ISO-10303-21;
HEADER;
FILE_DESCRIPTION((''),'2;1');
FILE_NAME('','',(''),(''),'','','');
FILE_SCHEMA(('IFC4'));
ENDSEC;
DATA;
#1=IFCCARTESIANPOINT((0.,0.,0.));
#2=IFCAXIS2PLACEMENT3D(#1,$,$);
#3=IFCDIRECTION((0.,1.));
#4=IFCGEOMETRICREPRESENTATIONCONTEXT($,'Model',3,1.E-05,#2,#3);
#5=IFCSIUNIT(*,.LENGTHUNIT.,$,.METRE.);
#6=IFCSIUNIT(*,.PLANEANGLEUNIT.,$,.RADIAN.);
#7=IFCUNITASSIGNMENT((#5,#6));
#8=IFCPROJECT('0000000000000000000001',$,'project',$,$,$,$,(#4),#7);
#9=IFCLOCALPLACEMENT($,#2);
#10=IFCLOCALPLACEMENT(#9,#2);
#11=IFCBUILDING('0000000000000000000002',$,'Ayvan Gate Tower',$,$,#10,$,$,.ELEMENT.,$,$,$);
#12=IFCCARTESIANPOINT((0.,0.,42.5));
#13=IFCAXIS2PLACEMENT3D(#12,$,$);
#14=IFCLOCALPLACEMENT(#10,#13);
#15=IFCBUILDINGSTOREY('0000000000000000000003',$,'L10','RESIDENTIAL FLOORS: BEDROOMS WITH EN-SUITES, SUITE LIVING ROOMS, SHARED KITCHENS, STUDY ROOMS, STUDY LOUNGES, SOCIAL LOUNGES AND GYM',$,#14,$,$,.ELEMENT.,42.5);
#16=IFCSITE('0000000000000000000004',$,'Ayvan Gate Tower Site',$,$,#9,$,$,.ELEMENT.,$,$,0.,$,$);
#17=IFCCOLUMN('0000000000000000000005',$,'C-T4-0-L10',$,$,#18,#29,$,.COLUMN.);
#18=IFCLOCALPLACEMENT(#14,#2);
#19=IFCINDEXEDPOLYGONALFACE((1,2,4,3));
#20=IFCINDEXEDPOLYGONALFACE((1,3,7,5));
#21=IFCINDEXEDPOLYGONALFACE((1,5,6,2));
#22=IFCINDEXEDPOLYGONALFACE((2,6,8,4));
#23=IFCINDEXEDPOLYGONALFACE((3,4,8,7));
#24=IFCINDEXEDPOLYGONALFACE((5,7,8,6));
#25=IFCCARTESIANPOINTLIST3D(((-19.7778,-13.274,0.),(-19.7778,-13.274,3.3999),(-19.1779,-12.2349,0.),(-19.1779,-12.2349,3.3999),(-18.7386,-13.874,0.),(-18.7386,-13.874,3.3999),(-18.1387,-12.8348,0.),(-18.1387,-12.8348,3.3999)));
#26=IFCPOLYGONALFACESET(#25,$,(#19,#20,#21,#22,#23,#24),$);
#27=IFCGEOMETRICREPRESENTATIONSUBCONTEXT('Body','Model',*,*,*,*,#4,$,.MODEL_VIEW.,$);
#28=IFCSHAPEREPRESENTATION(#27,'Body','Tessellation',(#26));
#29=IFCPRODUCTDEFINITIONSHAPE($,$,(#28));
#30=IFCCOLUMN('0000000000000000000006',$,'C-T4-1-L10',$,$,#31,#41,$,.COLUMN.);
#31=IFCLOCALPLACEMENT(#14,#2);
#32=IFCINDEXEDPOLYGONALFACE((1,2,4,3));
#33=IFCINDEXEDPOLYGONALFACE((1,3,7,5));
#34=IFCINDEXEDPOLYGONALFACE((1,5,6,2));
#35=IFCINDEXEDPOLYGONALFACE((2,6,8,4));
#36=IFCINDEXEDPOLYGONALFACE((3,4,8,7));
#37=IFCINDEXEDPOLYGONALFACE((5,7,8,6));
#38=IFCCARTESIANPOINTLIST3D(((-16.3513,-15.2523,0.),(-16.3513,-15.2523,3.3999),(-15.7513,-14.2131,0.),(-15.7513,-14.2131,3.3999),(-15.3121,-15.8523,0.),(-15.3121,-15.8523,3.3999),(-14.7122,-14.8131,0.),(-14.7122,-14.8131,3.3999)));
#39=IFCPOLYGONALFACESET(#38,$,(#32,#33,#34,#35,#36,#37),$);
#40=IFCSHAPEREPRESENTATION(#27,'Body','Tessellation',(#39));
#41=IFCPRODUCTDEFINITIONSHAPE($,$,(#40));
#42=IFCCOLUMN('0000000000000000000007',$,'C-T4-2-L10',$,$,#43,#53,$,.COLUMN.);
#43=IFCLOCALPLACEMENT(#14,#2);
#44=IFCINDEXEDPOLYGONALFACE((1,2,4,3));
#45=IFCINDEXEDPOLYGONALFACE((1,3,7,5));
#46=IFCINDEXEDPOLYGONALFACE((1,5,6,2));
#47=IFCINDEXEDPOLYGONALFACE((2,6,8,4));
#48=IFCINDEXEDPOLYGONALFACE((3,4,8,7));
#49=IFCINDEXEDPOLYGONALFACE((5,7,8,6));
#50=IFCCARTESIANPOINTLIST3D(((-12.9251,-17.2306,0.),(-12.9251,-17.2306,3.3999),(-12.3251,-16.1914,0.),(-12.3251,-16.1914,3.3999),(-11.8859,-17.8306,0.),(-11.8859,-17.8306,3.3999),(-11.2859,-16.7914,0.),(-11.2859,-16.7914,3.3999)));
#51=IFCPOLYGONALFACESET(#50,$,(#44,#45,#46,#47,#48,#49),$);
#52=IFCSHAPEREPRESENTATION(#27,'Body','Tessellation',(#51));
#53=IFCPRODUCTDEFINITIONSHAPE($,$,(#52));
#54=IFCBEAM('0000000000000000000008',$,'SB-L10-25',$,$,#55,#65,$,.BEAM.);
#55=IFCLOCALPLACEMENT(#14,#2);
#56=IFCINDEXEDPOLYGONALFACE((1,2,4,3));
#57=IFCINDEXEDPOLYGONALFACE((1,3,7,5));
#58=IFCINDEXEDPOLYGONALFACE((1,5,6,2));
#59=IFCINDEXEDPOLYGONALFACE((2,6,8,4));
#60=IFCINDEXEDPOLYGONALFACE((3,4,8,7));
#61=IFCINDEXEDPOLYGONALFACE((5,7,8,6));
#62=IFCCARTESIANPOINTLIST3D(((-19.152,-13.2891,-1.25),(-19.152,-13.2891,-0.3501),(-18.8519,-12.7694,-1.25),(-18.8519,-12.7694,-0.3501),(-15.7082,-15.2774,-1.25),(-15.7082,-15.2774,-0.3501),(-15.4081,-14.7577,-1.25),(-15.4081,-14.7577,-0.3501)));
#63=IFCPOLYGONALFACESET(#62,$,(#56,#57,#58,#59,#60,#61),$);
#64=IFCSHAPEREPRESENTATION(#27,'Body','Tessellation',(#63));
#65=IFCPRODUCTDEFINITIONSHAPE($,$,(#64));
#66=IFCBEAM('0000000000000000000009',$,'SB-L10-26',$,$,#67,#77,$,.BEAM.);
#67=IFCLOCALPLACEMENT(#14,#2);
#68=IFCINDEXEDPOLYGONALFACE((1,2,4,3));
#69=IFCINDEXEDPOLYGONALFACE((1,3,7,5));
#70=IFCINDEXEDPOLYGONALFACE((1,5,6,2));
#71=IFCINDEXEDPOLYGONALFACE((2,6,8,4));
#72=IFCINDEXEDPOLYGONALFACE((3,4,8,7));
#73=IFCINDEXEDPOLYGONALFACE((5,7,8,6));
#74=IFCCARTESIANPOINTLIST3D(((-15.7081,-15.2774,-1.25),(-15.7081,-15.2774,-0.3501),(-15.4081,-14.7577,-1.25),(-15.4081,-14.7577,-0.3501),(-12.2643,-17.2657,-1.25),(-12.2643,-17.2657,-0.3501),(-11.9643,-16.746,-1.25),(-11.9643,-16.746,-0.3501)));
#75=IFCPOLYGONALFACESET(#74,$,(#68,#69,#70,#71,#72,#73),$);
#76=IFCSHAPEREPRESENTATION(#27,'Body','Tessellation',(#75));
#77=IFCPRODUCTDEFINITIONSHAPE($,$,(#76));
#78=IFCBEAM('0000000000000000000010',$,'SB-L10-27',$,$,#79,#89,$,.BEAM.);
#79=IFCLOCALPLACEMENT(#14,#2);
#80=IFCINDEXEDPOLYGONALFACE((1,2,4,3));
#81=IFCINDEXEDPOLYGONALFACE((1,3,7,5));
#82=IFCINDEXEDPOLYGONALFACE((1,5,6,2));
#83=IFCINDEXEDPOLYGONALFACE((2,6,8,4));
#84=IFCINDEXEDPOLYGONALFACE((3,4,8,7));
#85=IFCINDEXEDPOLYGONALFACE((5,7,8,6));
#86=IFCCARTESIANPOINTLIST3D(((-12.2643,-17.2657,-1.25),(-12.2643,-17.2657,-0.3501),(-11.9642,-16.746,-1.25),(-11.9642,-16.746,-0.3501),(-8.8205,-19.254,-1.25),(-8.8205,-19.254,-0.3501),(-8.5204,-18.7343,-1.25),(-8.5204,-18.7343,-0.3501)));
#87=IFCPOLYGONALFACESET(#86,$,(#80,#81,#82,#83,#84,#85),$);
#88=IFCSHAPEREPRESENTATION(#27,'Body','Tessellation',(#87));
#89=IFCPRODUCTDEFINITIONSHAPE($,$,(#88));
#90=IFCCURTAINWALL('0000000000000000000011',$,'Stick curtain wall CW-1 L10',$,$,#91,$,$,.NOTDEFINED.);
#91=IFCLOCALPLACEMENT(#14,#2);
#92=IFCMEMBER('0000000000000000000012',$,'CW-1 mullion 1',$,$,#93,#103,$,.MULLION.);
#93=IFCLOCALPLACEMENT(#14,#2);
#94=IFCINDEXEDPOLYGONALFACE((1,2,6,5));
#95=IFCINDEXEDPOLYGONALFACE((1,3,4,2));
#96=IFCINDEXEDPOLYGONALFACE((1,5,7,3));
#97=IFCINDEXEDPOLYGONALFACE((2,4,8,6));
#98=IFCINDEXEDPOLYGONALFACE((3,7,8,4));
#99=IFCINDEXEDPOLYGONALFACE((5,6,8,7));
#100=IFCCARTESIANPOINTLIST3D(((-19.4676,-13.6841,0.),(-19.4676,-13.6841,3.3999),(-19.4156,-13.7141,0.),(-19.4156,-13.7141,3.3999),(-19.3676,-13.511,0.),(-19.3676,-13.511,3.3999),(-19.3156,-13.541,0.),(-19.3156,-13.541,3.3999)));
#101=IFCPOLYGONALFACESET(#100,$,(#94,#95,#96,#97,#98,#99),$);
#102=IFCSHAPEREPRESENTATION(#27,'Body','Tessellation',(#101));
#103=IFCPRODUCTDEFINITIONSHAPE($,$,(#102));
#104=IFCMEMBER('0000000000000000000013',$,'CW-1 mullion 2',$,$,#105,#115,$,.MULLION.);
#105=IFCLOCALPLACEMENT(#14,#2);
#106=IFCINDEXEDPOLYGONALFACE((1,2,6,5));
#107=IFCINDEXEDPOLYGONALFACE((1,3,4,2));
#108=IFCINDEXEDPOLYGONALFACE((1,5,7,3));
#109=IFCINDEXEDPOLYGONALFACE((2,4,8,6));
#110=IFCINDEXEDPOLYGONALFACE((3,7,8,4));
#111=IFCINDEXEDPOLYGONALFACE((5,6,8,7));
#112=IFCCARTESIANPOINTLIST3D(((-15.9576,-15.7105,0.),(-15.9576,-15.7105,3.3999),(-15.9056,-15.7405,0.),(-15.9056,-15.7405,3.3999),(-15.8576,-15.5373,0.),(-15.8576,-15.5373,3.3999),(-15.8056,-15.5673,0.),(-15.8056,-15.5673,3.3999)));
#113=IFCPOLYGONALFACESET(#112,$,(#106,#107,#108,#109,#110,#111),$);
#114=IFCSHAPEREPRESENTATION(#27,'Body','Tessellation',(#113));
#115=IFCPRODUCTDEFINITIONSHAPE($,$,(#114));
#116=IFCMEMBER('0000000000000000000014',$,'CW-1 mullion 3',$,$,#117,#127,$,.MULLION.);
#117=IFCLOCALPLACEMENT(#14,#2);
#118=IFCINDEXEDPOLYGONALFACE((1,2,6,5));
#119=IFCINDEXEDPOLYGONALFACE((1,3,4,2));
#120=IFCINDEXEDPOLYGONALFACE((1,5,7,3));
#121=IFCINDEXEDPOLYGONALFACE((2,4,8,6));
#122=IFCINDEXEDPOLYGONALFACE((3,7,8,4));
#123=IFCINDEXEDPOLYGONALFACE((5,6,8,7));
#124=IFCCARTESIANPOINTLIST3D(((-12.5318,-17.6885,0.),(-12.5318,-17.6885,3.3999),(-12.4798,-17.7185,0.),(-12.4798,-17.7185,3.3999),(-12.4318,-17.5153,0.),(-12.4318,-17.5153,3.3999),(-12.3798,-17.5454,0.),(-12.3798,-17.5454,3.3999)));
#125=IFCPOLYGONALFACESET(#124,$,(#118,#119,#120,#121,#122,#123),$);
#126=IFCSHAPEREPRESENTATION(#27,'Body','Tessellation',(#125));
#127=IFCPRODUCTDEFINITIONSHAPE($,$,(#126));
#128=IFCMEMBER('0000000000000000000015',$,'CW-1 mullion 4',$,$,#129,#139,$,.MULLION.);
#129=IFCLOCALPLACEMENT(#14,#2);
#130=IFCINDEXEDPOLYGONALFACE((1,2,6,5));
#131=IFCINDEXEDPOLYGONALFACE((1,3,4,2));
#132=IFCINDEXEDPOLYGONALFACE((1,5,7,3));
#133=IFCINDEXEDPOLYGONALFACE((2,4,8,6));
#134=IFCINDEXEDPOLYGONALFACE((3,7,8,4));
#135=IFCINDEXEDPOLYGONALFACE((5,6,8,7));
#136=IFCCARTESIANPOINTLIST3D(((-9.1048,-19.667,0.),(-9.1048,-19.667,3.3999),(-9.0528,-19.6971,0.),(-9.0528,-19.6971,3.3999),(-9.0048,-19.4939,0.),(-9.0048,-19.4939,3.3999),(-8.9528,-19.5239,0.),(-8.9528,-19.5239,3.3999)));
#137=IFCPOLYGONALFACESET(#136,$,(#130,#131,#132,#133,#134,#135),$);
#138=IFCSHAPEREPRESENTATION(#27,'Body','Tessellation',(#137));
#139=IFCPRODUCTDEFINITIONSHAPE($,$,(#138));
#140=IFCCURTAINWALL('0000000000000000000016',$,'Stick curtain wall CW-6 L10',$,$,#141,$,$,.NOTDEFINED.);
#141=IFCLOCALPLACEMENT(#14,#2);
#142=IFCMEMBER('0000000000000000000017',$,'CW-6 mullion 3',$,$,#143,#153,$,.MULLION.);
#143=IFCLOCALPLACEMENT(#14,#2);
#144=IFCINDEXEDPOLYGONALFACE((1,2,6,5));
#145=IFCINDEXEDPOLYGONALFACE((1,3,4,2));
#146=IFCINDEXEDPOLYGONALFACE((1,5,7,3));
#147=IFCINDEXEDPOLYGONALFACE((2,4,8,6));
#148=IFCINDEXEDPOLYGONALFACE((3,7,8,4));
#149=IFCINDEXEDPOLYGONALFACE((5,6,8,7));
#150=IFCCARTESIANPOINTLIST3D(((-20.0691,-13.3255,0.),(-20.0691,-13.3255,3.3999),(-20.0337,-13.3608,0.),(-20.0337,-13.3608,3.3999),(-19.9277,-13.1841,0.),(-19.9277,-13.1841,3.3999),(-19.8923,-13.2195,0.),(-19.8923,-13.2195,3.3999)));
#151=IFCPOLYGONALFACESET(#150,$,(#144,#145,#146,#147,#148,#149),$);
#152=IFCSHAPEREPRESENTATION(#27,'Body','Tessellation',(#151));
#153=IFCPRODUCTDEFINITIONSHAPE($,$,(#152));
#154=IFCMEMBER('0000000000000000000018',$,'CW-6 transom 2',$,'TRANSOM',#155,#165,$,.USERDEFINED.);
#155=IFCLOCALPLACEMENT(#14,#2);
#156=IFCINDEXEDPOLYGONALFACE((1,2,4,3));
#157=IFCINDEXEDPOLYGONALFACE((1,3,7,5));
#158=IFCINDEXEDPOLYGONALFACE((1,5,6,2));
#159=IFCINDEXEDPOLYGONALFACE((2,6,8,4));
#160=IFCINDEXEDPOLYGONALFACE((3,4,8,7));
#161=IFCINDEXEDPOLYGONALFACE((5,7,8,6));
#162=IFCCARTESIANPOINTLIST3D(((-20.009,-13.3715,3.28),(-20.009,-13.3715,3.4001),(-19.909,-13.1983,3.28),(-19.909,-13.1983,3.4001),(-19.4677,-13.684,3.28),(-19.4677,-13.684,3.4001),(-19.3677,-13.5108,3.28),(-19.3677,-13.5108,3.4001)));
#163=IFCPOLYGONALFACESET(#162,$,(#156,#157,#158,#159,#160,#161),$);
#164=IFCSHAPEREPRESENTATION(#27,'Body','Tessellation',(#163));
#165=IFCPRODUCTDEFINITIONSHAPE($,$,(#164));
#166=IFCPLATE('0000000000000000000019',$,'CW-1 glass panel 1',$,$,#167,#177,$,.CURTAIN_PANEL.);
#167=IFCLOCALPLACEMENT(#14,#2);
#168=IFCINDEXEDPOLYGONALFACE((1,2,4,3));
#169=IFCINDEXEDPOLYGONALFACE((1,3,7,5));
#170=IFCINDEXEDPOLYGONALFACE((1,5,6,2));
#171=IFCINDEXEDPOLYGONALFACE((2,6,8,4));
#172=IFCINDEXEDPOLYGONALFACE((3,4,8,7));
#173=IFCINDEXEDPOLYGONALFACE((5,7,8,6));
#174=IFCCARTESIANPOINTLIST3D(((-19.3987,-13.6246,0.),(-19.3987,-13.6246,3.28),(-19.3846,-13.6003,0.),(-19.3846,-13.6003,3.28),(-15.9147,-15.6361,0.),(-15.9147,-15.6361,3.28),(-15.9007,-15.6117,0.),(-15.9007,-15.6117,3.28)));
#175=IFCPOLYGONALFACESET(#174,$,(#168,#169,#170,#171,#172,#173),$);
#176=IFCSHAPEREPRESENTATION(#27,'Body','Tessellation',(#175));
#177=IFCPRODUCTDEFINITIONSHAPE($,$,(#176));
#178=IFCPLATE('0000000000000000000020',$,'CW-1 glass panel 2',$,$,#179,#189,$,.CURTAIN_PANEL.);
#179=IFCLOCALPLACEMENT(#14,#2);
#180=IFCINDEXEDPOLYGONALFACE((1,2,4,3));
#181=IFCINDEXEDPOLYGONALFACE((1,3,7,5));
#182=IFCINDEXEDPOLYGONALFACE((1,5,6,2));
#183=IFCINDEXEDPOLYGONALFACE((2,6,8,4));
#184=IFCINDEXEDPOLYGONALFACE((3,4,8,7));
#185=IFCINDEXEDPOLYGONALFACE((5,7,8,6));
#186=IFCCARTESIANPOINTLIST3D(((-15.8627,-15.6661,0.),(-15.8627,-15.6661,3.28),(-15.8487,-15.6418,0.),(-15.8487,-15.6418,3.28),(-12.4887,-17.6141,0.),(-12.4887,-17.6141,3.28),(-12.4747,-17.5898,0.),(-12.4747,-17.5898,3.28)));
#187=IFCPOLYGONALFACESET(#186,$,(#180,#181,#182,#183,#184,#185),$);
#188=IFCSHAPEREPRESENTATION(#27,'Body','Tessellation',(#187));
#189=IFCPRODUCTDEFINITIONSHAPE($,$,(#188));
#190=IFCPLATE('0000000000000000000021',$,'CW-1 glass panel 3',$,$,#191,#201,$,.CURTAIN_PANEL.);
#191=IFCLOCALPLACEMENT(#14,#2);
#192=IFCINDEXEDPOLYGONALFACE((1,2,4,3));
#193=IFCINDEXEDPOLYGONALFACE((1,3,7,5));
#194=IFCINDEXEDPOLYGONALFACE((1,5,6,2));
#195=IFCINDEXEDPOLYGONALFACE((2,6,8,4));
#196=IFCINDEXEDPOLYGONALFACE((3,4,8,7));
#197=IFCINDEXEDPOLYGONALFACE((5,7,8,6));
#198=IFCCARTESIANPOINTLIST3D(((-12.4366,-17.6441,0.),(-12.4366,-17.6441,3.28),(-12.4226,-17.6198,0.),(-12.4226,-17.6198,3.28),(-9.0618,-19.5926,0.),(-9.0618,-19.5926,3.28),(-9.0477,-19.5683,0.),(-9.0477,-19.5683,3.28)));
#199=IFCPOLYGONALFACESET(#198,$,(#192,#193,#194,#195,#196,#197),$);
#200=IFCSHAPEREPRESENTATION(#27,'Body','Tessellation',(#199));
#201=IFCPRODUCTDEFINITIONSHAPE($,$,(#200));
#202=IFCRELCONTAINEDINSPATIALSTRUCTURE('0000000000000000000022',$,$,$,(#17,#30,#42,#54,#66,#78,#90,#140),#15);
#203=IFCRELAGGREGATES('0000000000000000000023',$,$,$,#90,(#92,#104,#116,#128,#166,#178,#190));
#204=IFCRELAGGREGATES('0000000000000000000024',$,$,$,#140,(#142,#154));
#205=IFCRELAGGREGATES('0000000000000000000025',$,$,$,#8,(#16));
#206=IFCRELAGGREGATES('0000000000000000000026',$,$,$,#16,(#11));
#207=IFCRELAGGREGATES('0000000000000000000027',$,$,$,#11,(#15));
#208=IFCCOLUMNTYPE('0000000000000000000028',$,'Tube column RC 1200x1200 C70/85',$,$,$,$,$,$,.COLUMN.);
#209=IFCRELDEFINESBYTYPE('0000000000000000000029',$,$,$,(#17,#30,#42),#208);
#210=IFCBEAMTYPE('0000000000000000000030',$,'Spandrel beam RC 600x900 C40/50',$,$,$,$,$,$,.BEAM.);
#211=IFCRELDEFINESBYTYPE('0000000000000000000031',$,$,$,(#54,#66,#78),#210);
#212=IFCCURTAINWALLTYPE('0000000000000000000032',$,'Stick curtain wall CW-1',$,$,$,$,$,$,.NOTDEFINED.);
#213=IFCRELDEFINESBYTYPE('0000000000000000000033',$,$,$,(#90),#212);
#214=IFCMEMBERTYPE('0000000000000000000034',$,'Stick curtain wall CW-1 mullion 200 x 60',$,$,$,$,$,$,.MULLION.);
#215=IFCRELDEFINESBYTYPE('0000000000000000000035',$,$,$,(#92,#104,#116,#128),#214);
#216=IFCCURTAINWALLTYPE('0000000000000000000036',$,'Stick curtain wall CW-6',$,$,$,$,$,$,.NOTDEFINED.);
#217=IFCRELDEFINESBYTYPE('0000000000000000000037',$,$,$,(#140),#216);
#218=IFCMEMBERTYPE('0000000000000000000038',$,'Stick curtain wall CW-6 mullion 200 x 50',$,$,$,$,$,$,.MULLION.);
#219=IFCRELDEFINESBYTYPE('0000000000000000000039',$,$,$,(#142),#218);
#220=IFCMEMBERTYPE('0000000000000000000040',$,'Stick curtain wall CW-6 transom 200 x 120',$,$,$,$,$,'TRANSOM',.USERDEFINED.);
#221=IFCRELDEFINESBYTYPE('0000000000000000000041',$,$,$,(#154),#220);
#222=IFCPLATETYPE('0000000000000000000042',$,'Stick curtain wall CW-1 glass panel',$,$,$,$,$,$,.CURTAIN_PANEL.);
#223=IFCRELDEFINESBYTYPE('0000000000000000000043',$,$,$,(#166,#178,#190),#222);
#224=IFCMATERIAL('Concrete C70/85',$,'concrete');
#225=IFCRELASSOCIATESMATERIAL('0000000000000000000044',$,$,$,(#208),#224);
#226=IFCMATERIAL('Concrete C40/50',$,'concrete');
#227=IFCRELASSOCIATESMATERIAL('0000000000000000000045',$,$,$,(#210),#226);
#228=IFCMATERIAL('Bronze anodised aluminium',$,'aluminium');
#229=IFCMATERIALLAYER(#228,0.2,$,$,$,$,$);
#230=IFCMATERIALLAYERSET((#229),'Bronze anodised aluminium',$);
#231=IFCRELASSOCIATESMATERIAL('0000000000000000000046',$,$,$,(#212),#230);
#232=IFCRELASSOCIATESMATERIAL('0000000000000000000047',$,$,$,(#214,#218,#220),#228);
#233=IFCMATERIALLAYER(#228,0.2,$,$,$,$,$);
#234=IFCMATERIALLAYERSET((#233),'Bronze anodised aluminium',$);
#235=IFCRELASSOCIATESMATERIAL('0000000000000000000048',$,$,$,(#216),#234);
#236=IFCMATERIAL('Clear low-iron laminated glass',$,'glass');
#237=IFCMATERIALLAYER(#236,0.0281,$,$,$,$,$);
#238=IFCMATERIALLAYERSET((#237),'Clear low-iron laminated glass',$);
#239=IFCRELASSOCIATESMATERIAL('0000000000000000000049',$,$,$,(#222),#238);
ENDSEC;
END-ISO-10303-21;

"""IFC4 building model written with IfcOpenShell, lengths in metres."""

from ifc_helpers import new_model, si_unit, direction, frame, origin, origin_2d, place, context, subcontext, project, spatial, rectangle, extrude, material, layer, layer_set, material_profile, profile_set, type_object, element, aggregate, save


model = new_model("IFC4")

# Units and contexts
model_context = context("Model", 3, precision=1e-05, world=origin(), true_north=direction((0.0, 1.0)))
body_context = subcontext(model_context, "Body", "Model", "MODEL_VIEW")
ifc_project = project(units=[si_unit("LENGTHUNIT", "METRE"), si_unit("PLANEANGLEUNIT", "RADIAN")], contexts=[model_context])

# Site, building, storey
site_placement = place(None, origin())
site = spatial("IfcSite", under=ifc_project, at=site_placement, Name="Ayvan Gate Tower Site", CompositionType="ELEMENT", RefElevation=0.0)
building_placement = place(site_placement, origin())
building = spatial("IfcBuilding", under=site, at=building_placement, Name="Ayvan Gate Tower", CompositionType="ELEMENT")
storey_placement = place(building_placement, frame((0.0, 0.0, 42.5)))
storey = spatial("IfcBuildingStorey", under=building, at=storey_placement, Name="L10", Description="RESIDENTIAL FLOORS: BEDROOMS WITH EN-SUITES, SUITE LIVING ROOMS, SHARED KITCHENS, STUDY ROOMS, STUDY LOUNGES, SOCIAL LOUNGES AND GYM", CompositionType="ELEMENT", Elevation=42.5)

# Columns
ifc_material_1 = material(Name="Concrete C70/85", Category="concrete")
ifc_material_profile_1 = material_profile(ifc_material_1, rectangle(XDim=1.2, YDim=1.2, at=origin_2d()), Name="RC 1200x1200")
ifc_profile_set_1 = profile_set([ifc_material_profile_1], Name="Concrete C70/85")
column_type = type_object("IfcColumnType", Name="Tube column RC 1200x1200 C70/85", PredefinedType="COLUMN", material=ifc_profile_set_1)
for number, where, z_axis, x_axis, name in (
    (1, (-18.9583, -13.0544, 0.0), (0.0, 0.0, 1.0), (-0.5, -0.866025, 0.0), "C-T4-0-L10"),
    (2, (-15.5317, -15.0327, 0.0), (0.0, 0.0, 1.0), (-0.5, -0.866025, 0.0), "C-T4-1-L10"),
    (3, (-12.1055, -17.011, 0.0), (0.0, 0.0, 1.0), (-0.5, -0.866025, 0.0), "C-T4-2-L10"),
):
    element("IfcColumn", number, at=place(storey_placement, frame(where, z_axis=z_axis, x_axis=x_axis)), inside=storey, type_object=column_type, Name=name, PredefinedType="COLUMN", context=body_context, shape_type="SweptSolid", body=[
        extrude(rectangle(XDim=1.2, YDim=1.2, at=origin_2d()), origin(), (0.0, 0.0, 1.0), 3.3999),
    ])

# Beams
ifc_material_2 = material(Name="Concrete C40/50", Category="concrete")
ifc_material_profile_2 = material_profile(ifc_material_2, rectangle(XDim=0.6001, YDim=0.8999, at=origin_2d()), Name="RC 600x900")
ifc_profile_set_2 = profile_set([ifc_material_profile_2], Name="Concrete C40/50")
beam_type = type_object("IfcBeamType", Name="Spandrel beam RC 600x900 C40/50", PredefinedType="BEAM", material=ifc_profile_set_2)
for number, where, z_axis, x_axis, name in (
    (4, (-19.002, -13.0293, -0.8), (0.866028, -0.499995, 0.0), (0.499995, 0.866028, 0.0), "SB-L10-25"),
    (5, (-15.5581, -15.0176, -0.8), (0.866028, -0.499995, 0.0), (0.499995, 0.866028, 0.0), "SB-L10-26"),
    (6, (-12.1143, -17.0059, -0.8), (0.866028, -0.499995, 0.0), (0.499995, 0.866028, 0.0), "SB-L10-27"),
):
    element("IfcBeam", number, at=place(storey_placement, frame(where, z_axis=z_axis, x_axis=x_axis)), inside=storey, type_object=beam_type, Name=name, PredefinedType="BEAM", context=body_context, shape_type="SweptSolid", body=[
        extrude(rectangle(XDim=0.6001, YDim=0.8999, at=origin_2d()), origin(), (0.0, 0.0, 1.0), 3.9766),
    ])

# Curtain walls, members
ifc_material_3 = material(Name="Bronze anodised aluminium", Category="aluminium")
ifc_layer_1 = layer(ifc_material_3, 0.2)
ifc_layer_set_1 = layer_set([ifc_layer_1], Name="Bronze anodised aluminium")
curtain_wall_type_1 = type_object("IfcCurtainWallType", Name="Stick curtain wall CW-1", PredefinedType="NOTDEFINED", material=ifc_layer_set_1)
curtain_wall_1_placement = place(storey_placement, origin())
curtain_wall_1 = element("IfcCurtainWall", 7, at=curtain_wall_1_placement, inside=storey, type_object=curtain_wall_type_1, Name="Stick curtain wall CW-1 L10", PredefinedType="NOTDEFINED")
ifc_material_profile_3 = material_profile(ifc_material_3, rectangle(XDim=0.2, YDim=0.0601, at=origin_2d()), Name="Stick curtain wall CW-1 mullion 200 x 60")
ifc_profile_set_3 = profile_set([ifc_material_profile_3], Name="Bronze anodised aluminium")
member_type_1 = type_object("IfcMemberType", Name="Stick curtain wall CW-1 mullion 200 x 60", PredefinedType="MULLION", material=ifc_profile_set_3)
member_1_placement = place(storey_placement, frame((-19.3916, -13.6125, 0.0), z_axis=(0.0, 0.0, 1.0), x_axis=(-0.5, -0.866025, 0.0)))
member_1 = element("IfcMember", 8, at=member_1_placement, type_object=member_type_1, Name="CW-1 mullion 1", PredefinedType="MULLION", context=body_context, shape_type="SweptSolid", body=[
    extrude(rectangle(XDim=0.2, YDim=0.0601, at=origin_2d()), origin(), (0.0, 0.0, 1.0), 3.3999),
])
member_2_placement = place(storey_placement, frame((-15.8816, -15.6389, 0.0), z_axis=(0.0, 0.0, 1.0), x_axis=(-0.5, -0.866025, 0.0)))
member_2 = element("IfcMember", 9, at=member_2_placement, type_object=member_type_1, Name="CW-1 mullion 2", PredefinedType="MULLION", context=body_context, shape_type="SweptSolid", body=[
    extrude(rectangle(XDim=0.2, YDim=0.0601, at=origin_2d()), origin(), (0.0, 0.0, 1.0), 3.3999),
])
member_3_placement = place(storey_placement, frame((-12.4558, -17.6169, 0.0), z_axis=(0.0, 0.0, 1.0), x_axis=(-0.5, -0.866025, 0.0)))
member_3 = element("IfcMember", 10, at=member_3_placement, type_object=member_type_1, Name="CW-1 mullion 3", PredefinedType="MULLION", context=body_context, shape_type="SweptSolid", body=[
    extrude(rectangle(XDim=0.2, YDim=0.0601, at=origin_2d()), origin(), (0.0, 0.0, 1.0), 3.3999),
])
member_4_placement = place(storey_placement, frame((-9.0288, -19.5955, 0.0), z_axis=(0.0, 0.0, 1.0), x_axis=(-0.5, -0.866025, 0.0)))
member_4 = element("IfcMember", 11, at=member_4_placement, type_object=member_type_1, Name="CW-1 mullion 4", PredefinedType="MULLION", context=body_context, shape_type="SweptSolid", body=[
    extrude(rectangle(XDim=0.2, YDim=0.0601, at=origin_2d()), origin(), (0.0, 0.0, 1.0), 3.3999),
])
ifc_layer_2 = layer(ifc_material_3, 0.2)
ifc_layer_set_2 = layer_set([ifc_layer_2], Name="Bronze anodised aluminium")
curtain_wall_type_2 = type_object("IfcCurtainWallType", Name="Stick curtain wall CW-6", PredefinedType="NOTDEFINED", material=ifc_layer_set_2)
curtain_wall_2_placement = place(storey_placement, origin())
curtain_wall_2 = element("IfcCurtainWall", 12, at=curtain_wall_2_placement, inside=storey, type_object=curtain_wall_type_2, Name="Stick curtain wall CW-6 L10", PredefinedType="NOTDEFINED")
ifc_material_profile_4 = material_profile(ifc_material_3, rectangle(XDim=0.2, YDim=0.05, at=origin_2d()), Name="Stick curtain wall CW-6 mullion 200 x 50")
ifc_profile_set_4 = profile_set([ifc_material_profile_4], Name="Bronze anodised aluminium")
member_type_2 = type_object("IfcMemberType", Name="Stick curtain wall CW-6 mullion 200 x 50", PredefinedType="MULLION", material=ifc_profile_set_4)
member_5_placement = place(storey_placement, frame((-19.9807, -13.2725, 0.0), z_axis=(0.0, 0.0, 1.0), x_axis=(-0.707107, -0.707107, 0.0)))
member_5 = element("IfcMember", 13, at=member_5_placement, type_object=member_type_2, Name="CW-6 mullion 3", PredefinedType="MULLION", context=body_context, shape_type="SweptSolid", body=[
    extrude(rectangle(XDim=0.2, YDim=0.05, at=origin_2d()), origin(), (0.0, 0.0, 1.0), 3.3999),
])
ifc_material_profile_5 = material_profile(ifc_material_3, rectangle(XDim=0.2, YDim=0.1201, at=origin_2d()), Name="Stick curtain wall CW-6 transom 200 x 120")
ifc_profile_set_5 = profile_set([ifc_material_profile_5], Name="Bronze anodised aluminium")
member_type_3 = type_object("IfcMemberType", Name="Stick curtain wall CW-6 transom 200 x 120", ElementType="TRANSOM", PredefinedType="USERDEFINED", material=ifc_profile_set_5)
member_6_placement = place(storey_placement, frame((-19.959, -13.2849, 3.3401), z_axis=(0.866023, -0.500004, 0.0), x_axis=(0.500004, 0.866023, 0.0)))
member_6 = element("IfcMember", 14, at=member_6_placement, type_object=member_type_3, Name="CW-6 transom 2", ObjectType="TRANSOM", PredefinedType="USERDEFINED", context=body_context, shape_type="SweptSolid", body=[
    extrude(rectangle(XDim=0.2, YDim=0.1201, at=origin_2d()), origin(), (0.0, 0.0, 1.0), 0.625),
])

# Plates
ifc_material_4 = material(Name="Clear low-iron laminated glass", Category="glass")
ifc_layer_3 = layer(ifc_material_4, 0.0281)
ifc_layer_set_3 = layer_set([ifc_layer_3], Name="Clear low-iron laminated glass")
plate_type_1 = type_object("IfcPlateType", Name="Stick curtain wall CW-1 glass panel", PredefinedType="CURTAIN_PANEL", material=ifc_layer_set_3)
plate_1_placement = place(storey_placement, frame((-17.6497, -14.6182, 0.0), z_axis=(0.0, 0.0, 1.0), x_axis=(0.866025, -0.5, 0.0)))
plate_1 = element("IfcPlate", 15, at=plate_1_placement, type_object=plate_type_1, Name="CW-1 glass panel 1", PredefinedType="CURTAIN_PANEL", context=body_context, shape_type="SweptSolid", body=[
    extrude(rectangle(XDim=4.0229, YDim=0.0281, at=origin_2d()), origin(), (0.0, 0.0, 1.0), 3.28),
])
plate_2_placement = place(storey_placement, frame((-14.1687, -16.6279, 0.0), z_axis=(0.0, 0.0, 1.0), x_axis=(0.866025, -0.5, 0.0)))
plate_2 = element("IfcPlate", 16, at=plate_2_placement, type_object=plate_type_1, Name="CW-1 glass panel 2", PredefinedType="CURTAIN_PANEL", context=body_context, shape_type="SweptSolid", body=[
    extrude(rectangle(XDim=3.896, YDim=0.0281, at=origin_2d()), origin(), (0.0, 0.0, 1.0), 3.28),
])
plate_3_placement = place(storey_placement, frame((-10.7422, -18.6062, 0.0), z_axis=(0.0, 0.0, 1.0), x_axis=(0.866025, -0.5, 0.0)))
plate_3 = element("IfcPlate", 17, at=plate_3_placement, type_object=plate_type_1, Name="CW-1 glass panel 3", PredefinedType="CURTAIN_PANEL", context=body_context, shape_type="SweptSolid", body=[
    extrude(rectangle(XDim=3.897, YDim=0.0281, at=origin_2d()), origin(), (0.0, 0.0, 1.0), 3.28),
])
aggregate(curtain_wall_1, [member_1, member_2, member_3, member_4, plate_1, plate_2, plate_3])
aggregate(curtain_wall_2, [member_5, member_6])

save(model, "model.ifc")
